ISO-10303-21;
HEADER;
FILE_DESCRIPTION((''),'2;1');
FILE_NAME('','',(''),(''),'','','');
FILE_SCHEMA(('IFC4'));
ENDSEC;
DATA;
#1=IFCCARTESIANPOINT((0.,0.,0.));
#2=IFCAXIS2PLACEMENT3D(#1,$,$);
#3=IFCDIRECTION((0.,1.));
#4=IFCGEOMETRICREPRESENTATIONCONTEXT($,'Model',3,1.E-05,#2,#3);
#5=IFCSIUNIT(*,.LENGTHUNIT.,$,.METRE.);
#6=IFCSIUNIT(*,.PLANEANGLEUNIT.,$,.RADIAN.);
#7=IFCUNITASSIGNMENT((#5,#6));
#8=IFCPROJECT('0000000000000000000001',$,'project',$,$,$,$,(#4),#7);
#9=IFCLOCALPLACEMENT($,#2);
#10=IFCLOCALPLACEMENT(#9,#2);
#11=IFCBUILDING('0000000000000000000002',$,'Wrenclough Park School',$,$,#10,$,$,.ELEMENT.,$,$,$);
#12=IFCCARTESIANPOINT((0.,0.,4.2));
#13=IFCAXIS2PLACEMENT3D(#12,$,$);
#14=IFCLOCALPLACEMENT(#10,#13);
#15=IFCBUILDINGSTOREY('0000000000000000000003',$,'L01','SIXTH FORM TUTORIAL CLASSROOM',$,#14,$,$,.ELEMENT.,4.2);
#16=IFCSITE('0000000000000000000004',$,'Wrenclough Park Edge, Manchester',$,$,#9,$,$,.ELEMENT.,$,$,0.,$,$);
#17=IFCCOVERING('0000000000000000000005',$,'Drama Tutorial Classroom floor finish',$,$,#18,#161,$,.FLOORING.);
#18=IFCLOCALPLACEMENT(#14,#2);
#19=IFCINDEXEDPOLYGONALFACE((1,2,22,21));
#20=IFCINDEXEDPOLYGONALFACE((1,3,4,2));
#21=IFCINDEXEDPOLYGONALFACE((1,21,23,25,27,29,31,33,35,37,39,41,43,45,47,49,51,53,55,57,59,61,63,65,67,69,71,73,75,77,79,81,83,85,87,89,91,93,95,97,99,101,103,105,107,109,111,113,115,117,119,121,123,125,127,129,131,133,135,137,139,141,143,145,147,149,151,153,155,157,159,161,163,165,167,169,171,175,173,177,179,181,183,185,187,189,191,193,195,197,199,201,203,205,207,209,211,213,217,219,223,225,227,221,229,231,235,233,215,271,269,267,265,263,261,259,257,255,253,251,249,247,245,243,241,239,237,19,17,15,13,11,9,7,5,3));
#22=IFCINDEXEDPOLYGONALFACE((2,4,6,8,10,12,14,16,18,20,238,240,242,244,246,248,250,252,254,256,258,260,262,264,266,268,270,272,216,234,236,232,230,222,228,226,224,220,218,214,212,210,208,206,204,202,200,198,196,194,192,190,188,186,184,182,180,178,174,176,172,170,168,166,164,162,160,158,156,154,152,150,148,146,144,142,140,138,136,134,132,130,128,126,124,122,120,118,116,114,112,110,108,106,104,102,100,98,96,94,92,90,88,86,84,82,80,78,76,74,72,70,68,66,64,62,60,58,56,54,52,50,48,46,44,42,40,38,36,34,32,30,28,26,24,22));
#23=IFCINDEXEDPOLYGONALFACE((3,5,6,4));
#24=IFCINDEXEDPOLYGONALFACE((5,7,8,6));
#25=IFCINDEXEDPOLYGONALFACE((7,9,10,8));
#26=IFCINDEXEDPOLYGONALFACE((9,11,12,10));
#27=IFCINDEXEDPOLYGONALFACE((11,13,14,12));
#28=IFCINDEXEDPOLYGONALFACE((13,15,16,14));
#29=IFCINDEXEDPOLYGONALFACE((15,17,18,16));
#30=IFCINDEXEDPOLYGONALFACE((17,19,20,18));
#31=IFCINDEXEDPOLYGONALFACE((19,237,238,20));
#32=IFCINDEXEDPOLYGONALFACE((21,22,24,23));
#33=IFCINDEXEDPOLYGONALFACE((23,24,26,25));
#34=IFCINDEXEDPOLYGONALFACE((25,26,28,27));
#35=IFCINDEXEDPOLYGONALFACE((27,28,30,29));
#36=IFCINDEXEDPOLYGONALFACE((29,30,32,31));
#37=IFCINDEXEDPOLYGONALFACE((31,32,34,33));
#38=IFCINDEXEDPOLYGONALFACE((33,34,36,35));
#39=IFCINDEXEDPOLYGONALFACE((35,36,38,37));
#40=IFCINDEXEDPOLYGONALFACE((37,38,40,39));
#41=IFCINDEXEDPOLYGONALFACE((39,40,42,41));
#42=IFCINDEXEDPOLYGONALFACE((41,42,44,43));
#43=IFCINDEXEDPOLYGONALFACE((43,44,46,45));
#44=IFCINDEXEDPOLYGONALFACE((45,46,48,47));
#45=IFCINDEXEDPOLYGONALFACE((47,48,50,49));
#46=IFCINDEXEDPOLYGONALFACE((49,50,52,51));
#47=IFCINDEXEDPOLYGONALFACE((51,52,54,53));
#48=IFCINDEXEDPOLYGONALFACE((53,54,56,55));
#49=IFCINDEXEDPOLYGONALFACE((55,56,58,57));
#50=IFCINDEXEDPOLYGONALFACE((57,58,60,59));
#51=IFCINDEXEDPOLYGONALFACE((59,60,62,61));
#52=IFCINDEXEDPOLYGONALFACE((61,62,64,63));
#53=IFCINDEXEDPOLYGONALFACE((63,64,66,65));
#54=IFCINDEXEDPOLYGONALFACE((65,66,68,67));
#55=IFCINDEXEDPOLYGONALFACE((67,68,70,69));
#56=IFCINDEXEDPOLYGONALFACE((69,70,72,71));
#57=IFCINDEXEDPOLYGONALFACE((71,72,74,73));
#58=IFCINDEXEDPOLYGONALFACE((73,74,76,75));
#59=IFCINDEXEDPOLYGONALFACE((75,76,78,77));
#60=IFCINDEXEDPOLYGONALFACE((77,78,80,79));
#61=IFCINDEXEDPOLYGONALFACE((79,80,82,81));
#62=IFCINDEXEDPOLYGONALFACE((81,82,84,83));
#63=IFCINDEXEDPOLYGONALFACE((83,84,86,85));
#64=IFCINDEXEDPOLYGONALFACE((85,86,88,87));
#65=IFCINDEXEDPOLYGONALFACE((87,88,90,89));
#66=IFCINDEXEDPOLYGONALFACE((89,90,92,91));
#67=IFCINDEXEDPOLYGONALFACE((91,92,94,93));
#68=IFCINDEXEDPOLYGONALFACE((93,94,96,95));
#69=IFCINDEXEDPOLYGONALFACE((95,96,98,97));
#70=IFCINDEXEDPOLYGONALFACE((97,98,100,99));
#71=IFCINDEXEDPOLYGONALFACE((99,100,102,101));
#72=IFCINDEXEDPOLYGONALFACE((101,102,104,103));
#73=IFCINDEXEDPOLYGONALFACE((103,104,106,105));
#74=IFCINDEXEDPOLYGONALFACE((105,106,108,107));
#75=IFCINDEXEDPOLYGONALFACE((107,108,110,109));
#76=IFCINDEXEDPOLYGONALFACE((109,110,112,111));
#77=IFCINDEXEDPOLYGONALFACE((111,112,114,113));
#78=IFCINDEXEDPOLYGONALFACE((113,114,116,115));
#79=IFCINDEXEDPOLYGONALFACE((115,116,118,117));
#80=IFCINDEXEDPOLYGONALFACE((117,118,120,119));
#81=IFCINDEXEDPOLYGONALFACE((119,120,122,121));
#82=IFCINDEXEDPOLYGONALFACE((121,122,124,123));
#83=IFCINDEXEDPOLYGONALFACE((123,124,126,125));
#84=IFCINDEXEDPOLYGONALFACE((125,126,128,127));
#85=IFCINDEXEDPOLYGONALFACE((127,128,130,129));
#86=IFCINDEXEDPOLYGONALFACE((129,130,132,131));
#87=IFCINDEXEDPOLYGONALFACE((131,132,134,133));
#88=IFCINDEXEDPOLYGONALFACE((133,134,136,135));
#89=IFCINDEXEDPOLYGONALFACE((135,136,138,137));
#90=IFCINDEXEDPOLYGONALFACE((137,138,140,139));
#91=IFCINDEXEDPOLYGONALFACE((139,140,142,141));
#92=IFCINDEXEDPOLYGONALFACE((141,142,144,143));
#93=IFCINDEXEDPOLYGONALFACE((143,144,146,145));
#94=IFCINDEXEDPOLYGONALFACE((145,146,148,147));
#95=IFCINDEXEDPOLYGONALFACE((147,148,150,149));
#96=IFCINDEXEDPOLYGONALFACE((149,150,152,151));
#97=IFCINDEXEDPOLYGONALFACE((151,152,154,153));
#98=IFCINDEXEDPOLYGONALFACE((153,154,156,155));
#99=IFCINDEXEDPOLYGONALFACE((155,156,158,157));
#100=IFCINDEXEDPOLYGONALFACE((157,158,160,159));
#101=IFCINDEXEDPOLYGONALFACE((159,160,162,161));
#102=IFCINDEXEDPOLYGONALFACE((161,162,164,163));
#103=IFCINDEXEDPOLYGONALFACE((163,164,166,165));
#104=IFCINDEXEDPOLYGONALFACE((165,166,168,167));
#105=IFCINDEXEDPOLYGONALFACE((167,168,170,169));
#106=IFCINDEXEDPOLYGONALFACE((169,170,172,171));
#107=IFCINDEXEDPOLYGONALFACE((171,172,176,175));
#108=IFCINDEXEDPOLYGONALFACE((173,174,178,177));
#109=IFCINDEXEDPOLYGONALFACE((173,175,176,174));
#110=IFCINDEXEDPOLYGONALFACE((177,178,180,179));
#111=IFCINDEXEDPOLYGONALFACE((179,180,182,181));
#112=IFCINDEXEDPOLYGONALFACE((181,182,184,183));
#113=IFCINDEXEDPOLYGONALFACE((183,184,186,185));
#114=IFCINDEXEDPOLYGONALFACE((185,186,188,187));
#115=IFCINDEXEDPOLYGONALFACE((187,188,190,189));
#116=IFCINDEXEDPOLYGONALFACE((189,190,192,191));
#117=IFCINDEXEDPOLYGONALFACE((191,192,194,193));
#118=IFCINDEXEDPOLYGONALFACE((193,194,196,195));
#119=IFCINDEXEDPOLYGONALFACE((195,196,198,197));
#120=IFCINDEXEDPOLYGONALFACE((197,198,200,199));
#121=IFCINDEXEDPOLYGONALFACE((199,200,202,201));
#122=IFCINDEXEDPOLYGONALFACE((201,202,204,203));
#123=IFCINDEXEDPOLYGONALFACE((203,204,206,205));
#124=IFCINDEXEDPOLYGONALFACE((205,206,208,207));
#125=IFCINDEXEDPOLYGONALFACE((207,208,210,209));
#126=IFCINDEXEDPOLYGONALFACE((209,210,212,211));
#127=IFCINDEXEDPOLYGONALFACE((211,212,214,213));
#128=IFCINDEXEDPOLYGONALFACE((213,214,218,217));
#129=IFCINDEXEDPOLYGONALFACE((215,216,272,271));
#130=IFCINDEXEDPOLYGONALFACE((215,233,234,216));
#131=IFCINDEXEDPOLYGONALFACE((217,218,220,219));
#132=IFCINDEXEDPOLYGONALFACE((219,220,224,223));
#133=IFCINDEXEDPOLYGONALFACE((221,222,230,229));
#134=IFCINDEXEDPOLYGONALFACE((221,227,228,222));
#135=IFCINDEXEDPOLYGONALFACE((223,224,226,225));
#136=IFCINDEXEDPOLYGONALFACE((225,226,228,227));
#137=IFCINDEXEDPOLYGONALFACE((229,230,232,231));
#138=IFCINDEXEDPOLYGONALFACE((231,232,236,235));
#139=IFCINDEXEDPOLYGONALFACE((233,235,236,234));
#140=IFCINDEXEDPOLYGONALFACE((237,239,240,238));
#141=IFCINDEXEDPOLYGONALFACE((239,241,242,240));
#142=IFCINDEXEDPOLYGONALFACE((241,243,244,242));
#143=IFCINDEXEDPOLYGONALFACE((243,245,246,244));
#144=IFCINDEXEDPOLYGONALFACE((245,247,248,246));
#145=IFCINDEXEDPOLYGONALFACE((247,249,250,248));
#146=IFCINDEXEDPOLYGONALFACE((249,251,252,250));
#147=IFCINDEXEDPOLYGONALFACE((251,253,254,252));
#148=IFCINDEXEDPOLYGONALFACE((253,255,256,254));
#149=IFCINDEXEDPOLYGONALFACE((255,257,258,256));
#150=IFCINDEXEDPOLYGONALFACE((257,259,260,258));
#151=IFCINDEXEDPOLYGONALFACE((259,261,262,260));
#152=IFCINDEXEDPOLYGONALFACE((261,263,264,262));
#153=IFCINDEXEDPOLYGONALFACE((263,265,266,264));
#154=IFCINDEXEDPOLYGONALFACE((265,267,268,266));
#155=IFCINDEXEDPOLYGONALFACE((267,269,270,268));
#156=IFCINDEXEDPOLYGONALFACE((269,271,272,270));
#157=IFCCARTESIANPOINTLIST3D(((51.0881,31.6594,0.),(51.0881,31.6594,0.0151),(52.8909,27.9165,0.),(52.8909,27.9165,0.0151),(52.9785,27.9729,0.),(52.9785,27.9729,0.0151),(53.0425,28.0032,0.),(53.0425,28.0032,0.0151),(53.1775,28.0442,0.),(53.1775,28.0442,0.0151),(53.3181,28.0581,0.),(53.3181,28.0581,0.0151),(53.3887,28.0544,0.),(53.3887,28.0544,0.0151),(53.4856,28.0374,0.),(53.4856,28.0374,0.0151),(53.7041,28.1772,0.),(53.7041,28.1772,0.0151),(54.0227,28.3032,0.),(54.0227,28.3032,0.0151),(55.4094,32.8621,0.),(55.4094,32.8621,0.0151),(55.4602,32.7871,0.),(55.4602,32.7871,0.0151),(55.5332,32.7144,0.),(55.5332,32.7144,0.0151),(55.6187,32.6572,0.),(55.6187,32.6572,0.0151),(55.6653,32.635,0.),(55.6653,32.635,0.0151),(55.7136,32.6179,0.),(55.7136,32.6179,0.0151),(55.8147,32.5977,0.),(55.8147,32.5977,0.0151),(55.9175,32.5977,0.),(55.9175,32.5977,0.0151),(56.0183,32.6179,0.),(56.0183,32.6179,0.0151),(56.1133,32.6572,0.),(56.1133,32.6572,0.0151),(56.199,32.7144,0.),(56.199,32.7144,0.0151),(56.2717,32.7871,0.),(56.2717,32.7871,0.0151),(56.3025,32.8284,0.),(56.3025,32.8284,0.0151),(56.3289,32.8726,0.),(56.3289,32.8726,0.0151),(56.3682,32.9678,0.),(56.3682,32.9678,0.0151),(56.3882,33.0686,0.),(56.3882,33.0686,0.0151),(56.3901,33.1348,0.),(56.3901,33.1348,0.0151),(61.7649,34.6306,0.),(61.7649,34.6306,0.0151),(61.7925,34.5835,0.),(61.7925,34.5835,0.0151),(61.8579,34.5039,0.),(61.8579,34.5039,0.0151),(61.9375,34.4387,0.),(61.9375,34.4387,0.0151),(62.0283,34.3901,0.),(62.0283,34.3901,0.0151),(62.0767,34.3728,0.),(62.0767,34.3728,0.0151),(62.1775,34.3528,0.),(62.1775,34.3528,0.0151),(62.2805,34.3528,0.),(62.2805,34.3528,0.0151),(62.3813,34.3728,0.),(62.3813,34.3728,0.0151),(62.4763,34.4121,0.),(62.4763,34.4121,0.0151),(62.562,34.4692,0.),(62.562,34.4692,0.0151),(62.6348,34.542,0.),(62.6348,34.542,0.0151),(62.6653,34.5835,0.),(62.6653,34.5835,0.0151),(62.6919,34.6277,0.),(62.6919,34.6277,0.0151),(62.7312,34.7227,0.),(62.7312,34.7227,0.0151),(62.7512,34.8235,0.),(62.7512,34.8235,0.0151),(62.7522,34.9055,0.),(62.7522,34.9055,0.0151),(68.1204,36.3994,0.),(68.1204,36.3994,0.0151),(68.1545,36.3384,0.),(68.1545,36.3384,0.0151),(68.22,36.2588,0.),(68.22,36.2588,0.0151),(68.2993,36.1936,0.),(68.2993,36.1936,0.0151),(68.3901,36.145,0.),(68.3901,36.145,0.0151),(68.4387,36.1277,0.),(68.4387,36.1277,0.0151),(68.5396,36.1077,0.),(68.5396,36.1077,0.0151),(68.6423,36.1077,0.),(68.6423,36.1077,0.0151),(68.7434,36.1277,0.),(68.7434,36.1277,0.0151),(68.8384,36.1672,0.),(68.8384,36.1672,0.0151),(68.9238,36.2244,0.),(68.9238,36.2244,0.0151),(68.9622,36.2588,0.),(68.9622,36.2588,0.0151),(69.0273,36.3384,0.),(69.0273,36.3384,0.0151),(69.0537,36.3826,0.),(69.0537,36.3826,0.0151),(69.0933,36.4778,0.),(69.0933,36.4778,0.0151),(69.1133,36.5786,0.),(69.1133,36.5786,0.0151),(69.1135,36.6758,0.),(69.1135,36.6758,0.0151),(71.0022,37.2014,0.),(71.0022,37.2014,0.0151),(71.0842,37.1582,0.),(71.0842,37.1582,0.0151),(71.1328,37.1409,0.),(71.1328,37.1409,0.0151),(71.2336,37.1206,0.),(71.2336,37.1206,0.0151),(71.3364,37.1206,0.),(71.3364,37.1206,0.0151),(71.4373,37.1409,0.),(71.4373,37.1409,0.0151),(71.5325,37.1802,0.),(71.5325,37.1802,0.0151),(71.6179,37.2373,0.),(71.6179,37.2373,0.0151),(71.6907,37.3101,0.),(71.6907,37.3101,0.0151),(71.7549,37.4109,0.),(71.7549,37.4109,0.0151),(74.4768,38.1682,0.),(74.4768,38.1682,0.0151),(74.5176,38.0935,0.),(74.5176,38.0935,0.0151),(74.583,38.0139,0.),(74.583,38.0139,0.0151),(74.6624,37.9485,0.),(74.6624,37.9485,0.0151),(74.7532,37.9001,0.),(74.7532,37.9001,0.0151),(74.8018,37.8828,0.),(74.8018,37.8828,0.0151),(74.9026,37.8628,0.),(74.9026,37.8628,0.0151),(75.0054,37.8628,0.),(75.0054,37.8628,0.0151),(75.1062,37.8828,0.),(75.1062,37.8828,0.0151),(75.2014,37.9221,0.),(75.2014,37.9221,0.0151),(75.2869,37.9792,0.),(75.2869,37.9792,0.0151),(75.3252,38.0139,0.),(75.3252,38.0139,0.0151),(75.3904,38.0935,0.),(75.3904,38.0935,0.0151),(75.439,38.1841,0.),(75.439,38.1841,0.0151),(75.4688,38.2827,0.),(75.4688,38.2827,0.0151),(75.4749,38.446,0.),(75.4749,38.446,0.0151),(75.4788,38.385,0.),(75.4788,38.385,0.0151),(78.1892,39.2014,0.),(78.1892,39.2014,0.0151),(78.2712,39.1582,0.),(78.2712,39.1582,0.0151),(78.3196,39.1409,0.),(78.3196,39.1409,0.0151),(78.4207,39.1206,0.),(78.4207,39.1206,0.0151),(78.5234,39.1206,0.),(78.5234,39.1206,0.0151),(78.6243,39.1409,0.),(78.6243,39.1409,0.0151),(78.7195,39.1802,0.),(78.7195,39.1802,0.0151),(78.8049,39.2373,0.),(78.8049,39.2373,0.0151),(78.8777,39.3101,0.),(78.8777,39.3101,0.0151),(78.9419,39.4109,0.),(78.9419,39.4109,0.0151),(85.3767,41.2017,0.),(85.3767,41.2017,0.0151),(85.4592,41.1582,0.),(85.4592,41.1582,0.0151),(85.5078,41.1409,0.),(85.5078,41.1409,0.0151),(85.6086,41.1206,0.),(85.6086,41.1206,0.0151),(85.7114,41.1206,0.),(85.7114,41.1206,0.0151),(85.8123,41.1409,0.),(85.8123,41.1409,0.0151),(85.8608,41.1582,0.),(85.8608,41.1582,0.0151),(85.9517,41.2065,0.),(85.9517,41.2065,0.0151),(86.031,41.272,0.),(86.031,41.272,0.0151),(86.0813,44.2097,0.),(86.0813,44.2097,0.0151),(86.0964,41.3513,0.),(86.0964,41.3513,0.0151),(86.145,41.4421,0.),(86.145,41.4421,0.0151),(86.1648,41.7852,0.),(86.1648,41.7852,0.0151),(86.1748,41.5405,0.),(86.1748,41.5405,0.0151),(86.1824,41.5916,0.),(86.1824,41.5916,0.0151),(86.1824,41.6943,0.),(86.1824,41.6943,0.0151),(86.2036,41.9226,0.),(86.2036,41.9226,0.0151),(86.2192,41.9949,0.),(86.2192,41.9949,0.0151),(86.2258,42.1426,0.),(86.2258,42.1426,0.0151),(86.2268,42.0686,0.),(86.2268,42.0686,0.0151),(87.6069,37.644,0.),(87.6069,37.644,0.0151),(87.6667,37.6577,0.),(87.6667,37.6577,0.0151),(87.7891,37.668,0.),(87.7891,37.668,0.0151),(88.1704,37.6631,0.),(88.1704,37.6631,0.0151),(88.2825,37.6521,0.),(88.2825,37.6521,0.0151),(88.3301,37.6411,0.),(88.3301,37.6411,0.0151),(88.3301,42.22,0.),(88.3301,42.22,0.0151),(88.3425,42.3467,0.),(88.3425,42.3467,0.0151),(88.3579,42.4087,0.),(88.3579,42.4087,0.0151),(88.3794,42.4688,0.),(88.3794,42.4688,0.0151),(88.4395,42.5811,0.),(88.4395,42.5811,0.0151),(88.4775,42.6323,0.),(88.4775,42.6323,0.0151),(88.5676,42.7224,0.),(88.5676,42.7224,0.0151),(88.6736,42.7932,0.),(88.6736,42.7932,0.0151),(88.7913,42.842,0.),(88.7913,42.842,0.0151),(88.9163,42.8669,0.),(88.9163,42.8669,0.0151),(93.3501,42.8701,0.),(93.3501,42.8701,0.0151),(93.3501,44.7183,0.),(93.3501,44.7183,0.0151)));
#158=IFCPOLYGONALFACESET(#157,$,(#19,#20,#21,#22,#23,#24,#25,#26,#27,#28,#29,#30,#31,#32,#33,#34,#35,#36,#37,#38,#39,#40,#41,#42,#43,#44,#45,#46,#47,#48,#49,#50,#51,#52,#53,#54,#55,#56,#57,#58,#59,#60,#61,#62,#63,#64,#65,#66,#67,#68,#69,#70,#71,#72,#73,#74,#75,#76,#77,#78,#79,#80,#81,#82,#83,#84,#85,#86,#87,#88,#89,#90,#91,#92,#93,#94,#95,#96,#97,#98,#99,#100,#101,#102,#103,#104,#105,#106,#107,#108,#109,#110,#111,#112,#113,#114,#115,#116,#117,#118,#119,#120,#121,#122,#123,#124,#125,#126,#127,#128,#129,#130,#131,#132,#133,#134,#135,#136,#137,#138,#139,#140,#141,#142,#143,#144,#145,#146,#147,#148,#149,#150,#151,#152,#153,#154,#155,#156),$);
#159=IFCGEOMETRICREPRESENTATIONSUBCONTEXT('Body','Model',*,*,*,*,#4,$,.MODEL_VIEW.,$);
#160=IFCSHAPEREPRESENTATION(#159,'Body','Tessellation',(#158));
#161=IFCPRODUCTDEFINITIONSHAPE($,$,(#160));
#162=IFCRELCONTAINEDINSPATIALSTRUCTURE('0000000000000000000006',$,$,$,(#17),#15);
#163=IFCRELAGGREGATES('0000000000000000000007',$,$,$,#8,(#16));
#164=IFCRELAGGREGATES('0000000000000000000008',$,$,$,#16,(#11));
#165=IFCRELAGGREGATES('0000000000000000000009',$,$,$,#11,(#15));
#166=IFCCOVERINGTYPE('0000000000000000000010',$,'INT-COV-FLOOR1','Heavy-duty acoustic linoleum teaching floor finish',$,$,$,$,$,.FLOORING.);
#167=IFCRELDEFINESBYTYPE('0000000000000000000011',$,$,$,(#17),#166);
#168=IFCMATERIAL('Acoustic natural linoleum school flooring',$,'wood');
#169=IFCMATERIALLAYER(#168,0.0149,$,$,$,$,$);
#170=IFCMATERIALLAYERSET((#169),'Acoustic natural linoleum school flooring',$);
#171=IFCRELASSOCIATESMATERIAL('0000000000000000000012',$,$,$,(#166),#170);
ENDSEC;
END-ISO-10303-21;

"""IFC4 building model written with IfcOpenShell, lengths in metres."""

from ifc_helpers import new_model, si_unit, direction, frame, origin, place, context, subcontext, project, spatial, polyline, outline, extrude, material, layer, layer_set, type_object, element, save


model = new_model("IFC4")

# Units and contexts
model_context = context("Model", 3, precision=1e-05, world=origin(), true_north=direction((0.0, 1.0)))
body_context = subcontext(model_context, "Body", "Model", "MODEL_VIEW")
ifc_project = project(units=[si_unit("LENGTHUNIT", "METRE"), si_unit("PLANEANGLEUNIT", "RADIAN")], contexts=[model_context])

# Site, building, storey
site_placement = place(None, origin())
site = spatial("IfcSite", under=ifc_project, at=site_placement, Name="Wrenclough Park Edge, Manchester", CompositionType="ELEMENT", RefElevation=0.0)
building_placement = place(site_placement, origin())
building = spatial("IfcBuilding", under=site, at=building_placement, Name="Wrenclough Park School", CompositionType="ELEMENT")
storey_placement = place(building_placement, frame((0.0, 0.0, 4.2)))
storey = spatial("IfcBuildingStorey", under=building, at=storey_placement, Name="L01", Description="SIXTH FORM TUTORIAL CLASSROOM", CompositionType="ELEMENT", Elevation=4.2)

# Covering
ifc_material_1 = material(Name="Acoustic natural linoleum school flooring", Category="wood")
ifc_layer_1 = layer(ifc_material_1, 0.0149)
ifc_layer_set_1 = layer_set([ifc_layer_1], Name="Acoustic natural linoleum school flooring")
covering_type_1 = type_object("IfcCoveringType", Name="INT-COV-FLOOR1", Description="Heavy-duty acoustic linoleum teaching floor finish", PredefinedType="FLOORING", material=ifc_layer_set_1)
covering_1_placement = place(storey_placement, origin())
element("IfcCovering", 1, at=covering_1_placement, inside=storey, type_object=covering_type_1, Name="Drama Tutorial Classroom floor finish", PredefinedType="FLOORING", context=body_context, shape_type="SweptSolid", body=[
    extrude(outline(polyline([(88.2825, 37.6521), (88.3301, 37.6411), (88.3301, 42.22), (88.3425, 42.3467), (88.3579, 42.4087), (88.3794, 42.4688), (88.4395, 42.5811), (88.4775, 42.6323), (88.5676, 42.7224), (88.6736, 42.7932), (88.7913, 42.842), (88.9163, 42.8669), (93.3501, 42.8701), (93.3501, 44.7183), (86.0813, 44.2097), (86.2258, 42.1426), (86.2268, 42.0686), (86.2192, 41.9949), (86.2036, 41.9226), (86.1648, 41.7852), (86.1824, 41.6943), (86.1824, 41.5916), (86.1748, 41.5405), (86.145, 41.4421), (86.0964, 41.3513), (86.031, 41.272), (85.9517, 41.2065), (85.8608, 41.1582), (85.8123, 41.1409), (85.7114, 41.1206), (85.6086, 41.1206), (85.5078, 41.1409), (85.4592, 41.1582), (85.3767, 41.2017), (78.9419, 39.4109), (78.8777, 39.3101), (78.8049, 39.2373), (78.7195, 39.1802), (78.6243, 39.1409), (78.5234, 39.1206), (78.4207, 39.1206), (78.3196, 39.1409), (78.2712, 39.1582), (78.1892, 39.2014), (75.4749, 38.446), (75.4788, 38.385), (75.4688, 38.2827), (75.439, 38.1841), (75.3904, 38.0935), (75.3252, 38.0139), (75.2869, 37.9792), (75.2014, 37.9221), (75.1062, 37.8828), (75.0054, 37.8628), (74.9026, 37.8628), (74.8018, 37.8828), (74.7532, 37.9001), (74.6624, 37.9485), (74.583, 38.0139), (74.5176, 38.0935), (74.4768, 38.1682), (71.7549, 37.4109), (71.6907, 37.3101), (71.6179, 37.2373), (71.5325, 37.1802), (71.4373, 37.1409), (71.3364, 37.1206), (71.2336, 37.1206), (71.1328, 37.1409), (71.0842, 37.1582), (71.0022, 37.2014), (69.1135, 36.6758), (69.1133, 36.5786), (69.0933, 36.4778), (69.0537, 36.3826), (69.0273, 36.3384), (68.9622, 36.2588), (68.9238, 36.2244), (68.8384, 36.1672), (68.7434, 36.1277), (68.6423, 36.1077), (68.5396, 36.1077), (68.4387, 36.1277), (68.3901, 36.145), (68.2993, 36.1936), (68.22, 36.2588), (68.1545, 36.3384), (68.1204, 36.3994), (62.7522, 34.9055), (62.7512, 34.8235), (62.7312, 34.7227), (62.6919, 34.6277), (62.6653, 34.5835), (62.6348, 34.542), (62.562, 34.4692), (62.4763, 34.4121), (62.3813, 34.3728), (62.2805, 34.3528), (62.1775, 34.3528), (62.0767, 34.3728), (62.0283, 34.3901), (61.9375, 34.4387), (61.8579, 34.5039), (61.7925, 34.5835), (61.7649, 34.6306), (56.3901, 33.1348), (56.3882, 33.0686), (56.3682, 32.9678), (56.3289, 32.8726), (56.3025, 32.8284), (56.2717, 32.7871), (56.199, 32.7144), (56.1133, 32.6572), (56.0183, 32.6179), (55.9175, 32.5977), (55.8147, 32.5977), (55.7136, 32.6179), (55.6653, 32.635), (55.6187, 32.6572), (55.5332, 32.7144), (55.4602, 32.7871), (55.4094, 32.8621), (51.0881, 31.6594), (52.8909, 27.9165), (52.9785, 27.9729), (53.0425, 28.0032), (53.1775, 28.0442), (53.3181, 28.0581), (53.3887, 28.0544), (53.4856, 28.0374), (53.7041, 28.1772), (54.0227, 28.3032), (87.6069, 37.644), (87.6667, 37.6577), (87.7891, 37.668), (88.1704, 37.6631), (88.2825, 37.6521)])), origin(), (0.0, 0.0, 1.0), 0.0151),
])

save(model, "model.ifc")
